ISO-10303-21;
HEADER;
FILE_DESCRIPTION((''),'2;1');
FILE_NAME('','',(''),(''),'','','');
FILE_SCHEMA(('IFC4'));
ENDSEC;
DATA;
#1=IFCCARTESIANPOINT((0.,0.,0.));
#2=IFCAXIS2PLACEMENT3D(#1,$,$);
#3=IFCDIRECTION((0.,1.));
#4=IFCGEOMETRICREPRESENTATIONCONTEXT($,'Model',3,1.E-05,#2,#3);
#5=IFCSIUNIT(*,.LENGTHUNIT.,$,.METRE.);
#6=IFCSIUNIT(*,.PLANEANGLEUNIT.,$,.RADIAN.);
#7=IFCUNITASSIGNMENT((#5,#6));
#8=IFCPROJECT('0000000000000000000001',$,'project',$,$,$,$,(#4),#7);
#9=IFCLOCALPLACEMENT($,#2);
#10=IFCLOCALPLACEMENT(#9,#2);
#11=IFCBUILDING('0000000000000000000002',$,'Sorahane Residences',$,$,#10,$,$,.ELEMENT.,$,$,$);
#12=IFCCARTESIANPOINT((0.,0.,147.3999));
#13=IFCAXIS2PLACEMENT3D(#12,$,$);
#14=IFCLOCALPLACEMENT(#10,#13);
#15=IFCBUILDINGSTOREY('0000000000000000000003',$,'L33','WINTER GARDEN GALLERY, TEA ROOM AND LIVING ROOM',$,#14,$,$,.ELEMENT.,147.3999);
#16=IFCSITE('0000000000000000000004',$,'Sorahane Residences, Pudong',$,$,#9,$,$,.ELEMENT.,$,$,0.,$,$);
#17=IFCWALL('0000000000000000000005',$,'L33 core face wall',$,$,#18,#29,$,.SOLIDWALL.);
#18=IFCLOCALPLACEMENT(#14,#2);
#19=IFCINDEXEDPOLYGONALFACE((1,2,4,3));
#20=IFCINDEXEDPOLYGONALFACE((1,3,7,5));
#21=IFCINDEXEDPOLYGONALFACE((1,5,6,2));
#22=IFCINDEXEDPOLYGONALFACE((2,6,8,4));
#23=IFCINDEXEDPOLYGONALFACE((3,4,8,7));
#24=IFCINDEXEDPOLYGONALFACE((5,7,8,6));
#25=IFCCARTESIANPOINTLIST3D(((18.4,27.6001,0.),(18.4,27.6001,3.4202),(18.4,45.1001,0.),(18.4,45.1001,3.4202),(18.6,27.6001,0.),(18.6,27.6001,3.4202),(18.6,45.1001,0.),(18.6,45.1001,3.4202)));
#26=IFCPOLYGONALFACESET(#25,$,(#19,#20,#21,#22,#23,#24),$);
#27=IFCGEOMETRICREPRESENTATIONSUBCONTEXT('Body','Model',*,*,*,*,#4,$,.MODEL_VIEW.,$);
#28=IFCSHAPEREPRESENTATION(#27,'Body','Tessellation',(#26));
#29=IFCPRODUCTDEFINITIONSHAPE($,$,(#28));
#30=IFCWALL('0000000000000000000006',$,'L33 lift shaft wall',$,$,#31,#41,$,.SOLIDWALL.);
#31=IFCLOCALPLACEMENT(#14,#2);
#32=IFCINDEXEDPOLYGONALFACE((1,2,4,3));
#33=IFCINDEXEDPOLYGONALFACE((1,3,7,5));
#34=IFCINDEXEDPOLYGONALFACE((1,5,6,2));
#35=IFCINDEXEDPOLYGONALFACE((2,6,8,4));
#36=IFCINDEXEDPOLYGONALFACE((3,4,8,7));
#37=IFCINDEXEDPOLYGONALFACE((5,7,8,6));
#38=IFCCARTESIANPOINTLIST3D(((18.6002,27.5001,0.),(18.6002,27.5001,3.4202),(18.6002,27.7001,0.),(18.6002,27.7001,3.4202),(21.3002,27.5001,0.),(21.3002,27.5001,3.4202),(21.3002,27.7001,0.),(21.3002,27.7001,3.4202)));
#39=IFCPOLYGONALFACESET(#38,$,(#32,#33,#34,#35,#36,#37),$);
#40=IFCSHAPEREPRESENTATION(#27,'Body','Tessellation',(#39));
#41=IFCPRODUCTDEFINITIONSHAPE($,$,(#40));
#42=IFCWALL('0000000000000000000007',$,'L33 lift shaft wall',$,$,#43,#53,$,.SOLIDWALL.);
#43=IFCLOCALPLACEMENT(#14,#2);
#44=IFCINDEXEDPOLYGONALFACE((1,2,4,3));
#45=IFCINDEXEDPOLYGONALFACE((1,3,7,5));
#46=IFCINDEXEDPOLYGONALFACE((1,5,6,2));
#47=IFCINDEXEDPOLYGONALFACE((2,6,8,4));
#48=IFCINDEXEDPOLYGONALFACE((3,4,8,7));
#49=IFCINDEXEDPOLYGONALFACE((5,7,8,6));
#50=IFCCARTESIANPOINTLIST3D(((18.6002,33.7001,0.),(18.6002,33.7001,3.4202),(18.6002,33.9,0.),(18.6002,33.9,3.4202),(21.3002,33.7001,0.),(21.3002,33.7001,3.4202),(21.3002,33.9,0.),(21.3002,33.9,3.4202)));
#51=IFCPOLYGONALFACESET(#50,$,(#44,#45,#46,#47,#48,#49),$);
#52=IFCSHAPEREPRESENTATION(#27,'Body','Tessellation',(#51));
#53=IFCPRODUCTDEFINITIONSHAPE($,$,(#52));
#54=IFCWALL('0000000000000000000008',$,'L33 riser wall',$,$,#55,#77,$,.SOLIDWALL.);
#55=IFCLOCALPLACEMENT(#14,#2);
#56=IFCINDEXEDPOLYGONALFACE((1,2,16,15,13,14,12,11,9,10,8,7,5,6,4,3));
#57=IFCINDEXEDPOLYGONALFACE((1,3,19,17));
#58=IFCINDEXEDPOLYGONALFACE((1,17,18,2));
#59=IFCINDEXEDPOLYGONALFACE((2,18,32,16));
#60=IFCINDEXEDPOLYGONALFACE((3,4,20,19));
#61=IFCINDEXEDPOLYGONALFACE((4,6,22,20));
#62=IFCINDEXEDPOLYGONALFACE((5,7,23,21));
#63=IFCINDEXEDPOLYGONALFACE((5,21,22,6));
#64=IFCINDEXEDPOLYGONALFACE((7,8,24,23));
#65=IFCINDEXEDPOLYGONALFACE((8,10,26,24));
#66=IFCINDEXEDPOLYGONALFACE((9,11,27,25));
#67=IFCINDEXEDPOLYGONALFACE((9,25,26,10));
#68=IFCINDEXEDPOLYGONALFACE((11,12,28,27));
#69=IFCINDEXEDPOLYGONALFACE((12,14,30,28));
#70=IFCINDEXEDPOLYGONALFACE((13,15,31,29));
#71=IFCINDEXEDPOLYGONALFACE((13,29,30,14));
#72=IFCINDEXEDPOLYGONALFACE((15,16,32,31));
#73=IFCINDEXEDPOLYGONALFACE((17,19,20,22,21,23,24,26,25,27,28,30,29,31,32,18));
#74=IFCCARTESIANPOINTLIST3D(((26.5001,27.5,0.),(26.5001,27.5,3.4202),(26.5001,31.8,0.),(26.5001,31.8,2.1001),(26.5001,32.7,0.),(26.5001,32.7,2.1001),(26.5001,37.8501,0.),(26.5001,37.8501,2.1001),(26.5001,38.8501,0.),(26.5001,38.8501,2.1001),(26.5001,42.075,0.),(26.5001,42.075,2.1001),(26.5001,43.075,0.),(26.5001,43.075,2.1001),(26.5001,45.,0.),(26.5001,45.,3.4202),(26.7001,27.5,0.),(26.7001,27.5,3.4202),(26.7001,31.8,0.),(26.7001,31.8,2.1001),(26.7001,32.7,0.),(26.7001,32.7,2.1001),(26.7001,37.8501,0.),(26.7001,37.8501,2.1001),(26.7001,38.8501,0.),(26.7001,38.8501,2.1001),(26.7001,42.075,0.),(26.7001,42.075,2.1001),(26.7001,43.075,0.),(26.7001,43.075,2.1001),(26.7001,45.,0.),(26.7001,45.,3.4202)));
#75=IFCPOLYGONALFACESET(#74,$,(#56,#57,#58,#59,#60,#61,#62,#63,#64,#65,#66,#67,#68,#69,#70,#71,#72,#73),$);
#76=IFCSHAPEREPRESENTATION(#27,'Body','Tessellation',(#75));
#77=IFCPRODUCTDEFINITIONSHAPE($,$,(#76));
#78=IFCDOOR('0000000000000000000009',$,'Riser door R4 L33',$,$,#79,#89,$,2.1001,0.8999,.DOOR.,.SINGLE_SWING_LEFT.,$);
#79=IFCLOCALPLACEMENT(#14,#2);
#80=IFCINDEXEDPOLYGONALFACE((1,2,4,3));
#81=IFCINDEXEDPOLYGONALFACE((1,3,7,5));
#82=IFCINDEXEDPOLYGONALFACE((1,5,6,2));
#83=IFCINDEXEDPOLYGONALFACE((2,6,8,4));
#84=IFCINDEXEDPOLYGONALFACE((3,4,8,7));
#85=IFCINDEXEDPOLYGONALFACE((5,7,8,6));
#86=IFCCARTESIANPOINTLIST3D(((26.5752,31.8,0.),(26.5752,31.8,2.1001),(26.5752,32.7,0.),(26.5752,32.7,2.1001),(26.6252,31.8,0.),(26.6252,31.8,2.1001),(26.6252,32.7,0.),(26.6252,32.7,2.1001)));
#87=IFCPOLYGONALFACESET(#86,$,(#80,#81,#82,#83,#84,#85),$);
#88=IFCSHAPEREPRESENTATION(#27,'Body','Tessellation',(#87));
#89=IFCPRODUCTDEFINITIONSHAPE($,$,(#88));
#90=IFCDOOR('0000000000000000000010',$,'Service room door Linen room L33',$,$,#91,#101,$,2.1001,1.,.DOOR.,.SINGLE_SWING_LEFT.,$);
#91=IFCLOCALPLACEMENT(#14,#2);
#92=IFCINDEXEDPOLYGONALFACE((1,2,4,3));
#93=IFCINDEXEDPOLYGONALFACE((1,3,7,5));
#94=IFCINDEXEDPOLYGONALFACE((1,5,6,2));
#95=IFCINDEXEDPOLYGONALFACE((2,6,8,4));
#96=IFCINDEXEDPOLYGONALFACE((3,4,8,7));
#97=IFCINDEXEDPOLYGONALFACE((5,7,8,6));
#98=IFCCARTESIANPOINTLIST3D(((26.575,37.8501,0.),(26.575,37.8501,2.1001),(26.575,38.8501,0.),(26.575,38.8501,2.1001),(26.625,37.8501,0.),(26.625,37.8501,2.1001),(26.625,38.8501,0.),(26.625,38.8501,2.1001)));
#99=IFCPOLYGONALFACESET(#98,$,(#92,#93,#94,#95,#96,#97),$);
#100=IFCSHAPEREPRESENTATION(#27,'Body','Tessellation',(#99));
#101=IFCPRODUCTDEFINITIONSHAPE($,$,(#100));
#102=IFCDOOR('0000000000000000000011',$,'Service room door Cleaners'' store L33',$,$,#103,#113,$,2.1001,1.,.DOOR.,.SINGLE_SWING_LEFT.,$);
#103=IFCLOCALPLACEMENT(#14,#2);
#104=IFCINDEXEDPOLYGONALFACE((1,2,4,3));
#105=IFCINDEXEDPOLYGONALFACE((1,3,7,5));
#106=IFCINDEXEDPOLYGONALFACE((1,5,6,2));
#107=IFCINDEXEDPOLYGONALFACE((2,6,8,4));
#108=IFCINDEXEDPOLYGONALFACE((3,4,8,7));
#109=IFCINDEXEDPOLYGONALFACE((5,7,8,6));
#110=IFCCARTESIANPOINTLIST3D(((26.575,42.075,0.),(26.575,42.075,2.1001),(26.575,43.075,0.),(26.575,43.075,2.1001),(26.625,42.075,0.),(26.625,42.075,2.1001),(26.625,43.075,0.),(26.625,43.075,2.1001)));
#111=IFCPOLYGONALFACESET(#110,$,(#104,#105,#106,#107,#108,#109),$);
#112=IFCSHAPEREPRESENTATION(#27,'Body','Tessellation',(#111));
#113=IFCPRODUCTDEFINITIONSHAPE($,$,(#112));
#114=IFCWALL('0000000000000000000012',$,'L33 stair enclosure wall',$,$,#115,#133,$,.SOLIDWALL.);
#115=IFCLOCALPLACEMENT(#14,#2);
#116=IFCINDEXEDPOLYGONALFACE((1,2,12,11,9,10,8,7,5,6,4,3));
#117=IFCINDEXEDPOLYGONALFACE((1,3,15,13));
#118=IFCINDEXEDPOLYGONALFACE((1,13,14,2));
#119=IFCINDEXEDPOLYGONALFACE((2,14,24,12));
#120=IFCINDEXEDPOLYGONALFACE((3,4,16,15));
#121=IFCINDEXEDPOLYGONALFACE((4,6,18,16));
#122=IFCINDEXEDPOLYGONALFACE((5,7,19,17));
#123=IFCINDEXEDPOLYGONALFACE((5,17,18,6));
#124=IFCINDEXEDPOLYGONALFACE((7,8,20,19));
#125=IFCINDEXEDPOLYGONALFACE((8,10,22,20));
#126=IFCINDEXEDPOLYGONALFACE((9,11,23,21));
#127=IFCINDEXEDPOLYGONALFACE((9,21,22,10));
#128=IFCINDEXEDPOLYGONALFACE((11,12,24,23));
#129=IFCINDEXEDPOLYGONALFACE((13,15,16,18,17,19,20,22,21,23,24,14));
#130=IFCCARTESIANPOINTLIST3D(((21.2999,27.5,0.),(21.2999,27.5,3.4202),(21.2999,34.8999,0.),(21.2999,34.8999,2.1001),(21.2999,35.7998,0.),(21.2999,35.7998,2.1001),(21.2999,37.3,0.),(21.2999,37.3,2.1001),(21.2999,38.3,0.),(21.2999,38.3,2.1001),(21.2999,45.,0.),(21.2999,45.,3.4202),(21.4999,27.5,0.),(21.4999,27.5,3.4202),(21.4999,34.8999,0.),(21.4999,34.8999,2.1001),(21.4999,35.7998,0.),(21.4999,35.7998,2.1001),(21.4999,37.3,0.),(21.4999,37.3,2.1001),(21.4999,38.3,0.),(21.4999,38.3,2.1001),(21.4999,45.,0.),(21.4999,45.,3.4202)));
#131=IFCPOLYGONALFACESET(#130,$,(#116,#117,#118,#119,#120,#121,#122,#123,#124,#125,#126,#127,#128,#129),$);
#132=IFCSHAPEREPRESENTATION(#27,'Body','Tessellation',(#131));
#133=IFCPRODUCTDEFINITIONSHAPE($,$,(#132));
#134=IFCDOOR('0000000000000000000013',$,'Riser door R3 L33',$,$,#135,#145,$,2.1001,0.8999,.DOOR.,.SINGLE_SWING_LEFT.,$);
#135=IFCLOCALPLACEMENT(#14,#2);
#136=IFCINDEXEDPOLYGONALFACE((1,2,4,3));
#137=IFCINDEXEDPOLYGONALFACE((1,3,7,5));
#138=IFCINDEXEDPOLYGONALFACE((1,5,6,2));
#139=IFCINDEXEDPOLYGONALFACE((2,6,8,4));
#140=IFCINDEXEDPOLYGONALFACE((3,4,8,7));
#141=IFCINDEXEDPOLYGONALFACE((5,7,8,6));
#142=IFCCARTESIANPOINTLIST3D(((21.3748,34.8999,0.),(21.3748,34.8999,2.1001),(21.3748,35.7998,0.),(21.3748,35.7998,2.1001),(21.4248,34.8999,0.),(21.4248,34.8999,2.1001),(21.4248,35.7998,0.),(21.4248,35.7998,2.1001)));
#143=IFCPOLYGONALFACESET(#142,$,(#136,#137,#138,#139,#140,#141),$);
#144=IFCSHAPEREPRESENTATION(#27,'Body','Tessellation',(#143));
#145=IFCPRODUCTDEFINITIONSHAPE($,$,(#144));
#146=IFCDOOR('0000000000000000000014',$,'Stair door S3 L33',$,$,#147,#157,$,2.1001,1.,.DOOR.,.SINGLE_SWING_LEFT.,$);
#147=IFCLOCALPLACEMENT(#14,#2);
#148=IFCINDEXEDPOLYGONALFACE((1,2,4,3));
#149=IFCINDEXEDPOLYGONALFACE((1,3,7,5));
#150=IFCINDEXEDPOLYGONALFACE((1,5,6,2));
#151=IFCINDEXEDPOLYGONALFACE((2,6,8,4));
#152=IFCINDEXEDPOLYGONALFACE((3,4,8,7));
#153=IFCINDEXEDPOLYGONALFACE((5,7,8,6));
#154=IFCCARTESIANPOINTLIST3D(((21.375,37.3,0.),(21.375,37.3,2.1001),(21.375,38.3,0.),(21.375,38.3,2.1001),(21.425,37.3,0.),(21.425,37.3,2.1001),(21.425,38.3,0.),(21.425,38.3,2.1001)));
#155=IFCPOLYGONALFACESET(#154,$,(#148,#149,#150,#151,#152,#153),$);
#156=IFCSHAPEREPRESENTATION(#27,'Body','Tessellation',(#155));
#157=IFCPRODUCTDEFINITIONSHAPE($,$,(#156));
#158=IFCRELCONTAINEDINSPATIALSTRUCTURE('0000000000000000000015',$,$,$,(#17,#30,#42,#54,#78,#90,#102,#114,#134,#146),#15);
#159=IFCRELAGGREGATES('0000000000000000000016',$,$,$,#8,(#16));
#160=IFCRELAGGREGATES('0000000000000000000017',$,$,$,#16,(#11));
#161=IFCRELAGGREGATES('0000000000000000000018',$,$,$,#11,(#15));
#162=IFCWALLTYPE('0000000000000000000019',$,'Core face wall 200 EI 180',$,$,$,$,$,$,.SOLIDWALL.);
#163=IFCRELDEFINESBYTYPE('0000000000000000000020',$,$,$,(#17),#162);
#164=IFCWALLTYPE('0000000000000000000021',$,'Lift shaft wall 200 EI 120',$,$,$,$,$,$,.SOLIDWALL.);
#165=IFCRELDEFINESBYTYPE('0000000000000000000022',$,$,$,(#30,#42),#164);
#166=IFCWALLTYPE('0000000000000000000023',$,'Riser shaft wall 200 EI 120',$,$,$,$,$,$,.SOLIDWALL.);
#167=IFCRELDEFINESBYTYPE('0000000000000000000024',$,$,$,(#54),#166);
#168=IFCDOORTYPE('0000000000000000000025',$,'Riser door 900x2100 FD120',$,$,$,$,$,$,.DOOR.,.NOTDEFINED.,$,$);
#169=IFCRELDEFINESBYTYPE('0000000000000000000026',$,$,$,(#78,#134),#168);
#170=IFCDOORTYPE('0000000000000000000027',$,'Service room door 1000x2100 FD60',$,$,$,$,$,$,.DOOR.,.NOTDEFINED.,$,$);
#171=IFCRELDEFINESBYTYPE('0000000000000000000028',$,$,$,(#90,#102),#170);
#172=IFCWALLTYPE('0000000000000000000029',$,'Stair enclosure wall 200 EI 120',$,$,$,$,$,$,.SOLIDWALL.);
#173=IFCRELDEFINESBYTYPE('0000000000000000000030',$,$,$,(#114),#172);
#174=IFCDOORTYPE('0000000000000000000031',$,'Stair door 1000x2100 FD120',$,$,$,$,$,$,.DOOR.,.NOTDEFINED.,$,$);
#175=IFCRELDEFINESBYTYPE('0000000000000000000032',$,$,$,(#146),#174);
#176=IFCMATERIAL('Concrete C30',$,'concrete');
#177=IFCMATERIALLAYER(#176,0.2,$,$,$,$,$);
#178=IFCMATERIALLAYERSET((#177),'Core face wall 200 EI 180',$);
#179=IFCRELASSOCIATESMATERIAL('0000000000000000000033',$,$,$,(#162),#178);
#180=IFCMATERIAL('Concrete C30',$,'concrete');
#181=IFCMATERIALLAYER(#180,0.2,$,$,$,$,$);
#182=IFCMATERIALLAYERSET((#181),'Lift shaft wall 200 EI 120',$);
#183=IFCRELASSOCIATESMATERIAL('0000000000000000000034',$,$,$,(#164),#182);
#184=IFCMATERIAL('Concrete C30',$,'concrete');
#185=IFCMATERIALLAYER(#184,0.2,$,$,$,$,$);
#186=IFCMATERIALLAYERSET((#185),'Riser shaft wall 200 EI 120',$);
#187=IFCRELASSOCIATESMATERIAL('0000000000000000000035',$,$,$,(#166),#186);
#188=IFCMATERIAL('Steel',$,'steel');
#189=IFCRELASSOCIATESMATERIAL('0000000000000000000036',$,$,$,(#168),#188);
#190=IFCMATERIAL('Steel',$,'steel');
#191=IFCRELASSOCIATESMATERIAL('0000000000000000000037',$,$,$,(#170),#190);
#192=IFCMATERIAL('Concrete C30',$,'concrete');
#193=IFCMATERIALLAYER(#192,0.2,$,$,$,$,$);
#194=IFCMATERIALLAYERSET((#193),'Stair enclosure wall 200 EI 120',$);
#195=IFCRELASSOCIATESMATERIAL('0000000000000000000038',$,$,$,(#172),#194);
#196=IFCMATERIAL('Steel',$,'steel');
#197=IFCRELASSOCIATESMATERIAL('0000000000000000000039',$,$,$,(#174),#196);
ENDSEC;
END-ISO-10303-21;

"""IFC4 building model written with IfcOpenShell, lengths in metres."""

from ifc_helpers import new_model, si_unit, direction, frame, frame_2d, origin, place, context, subcontext, project, spatial, rectangle, extrude, material, layer, layer_set, type_object, element, fill, save


model = new_model("IFC4")

# Units and contexts
model_context = context("Model", 3, precision=1e-05, world=origin(), true_north=direction((0.0, 1.0)))
body_context = subcontext(model_context, "Body", "Model", "MODEL_VIEW")
ifc_project = project(units=[si_unit("LENGTHUNIT", "METRE"), si_unit("PLANEANGLEUNIT", "RADIAN")], contexts=[model_context])

# Site, building, storey
site_placement = place(None, origin())
site = spatial("IfcSite", under=ifc_project, at=site_placement, Name="Sorahane Residences, Pudong", CompositionType="ELEMENT", RefElevation=0.0)
building_placement = place(site_placement, origin())
building = spatial("IfcBuilding", under=site, at=building_placement, Name="Sorahane Residences", CompositionType="ELEMENT")
storey_placement = place(building_placement, frame((0.0, 0.0, 147.3999)))
storey = spatial("IfcBuildingStorey", under=building, at=storey_placement, Name="L33", Description="WINTER GARDEN GALLERY, TEA ROOM AND LIVING ROOM", CompositionType="ELEMENT", Elevation=147.3999)

# Walls
ifc_material_1 = material(Name="Concrete C30", Category="concrete")
ifc_layer_1 = layer(ifc_material_1, 0.2)
ifc_layer_set_1 = layer_set([ifc_layer_1], Name="Core face wall 200 EI 180")
wall_type_1 = type_object("IfcWallType", Name="Core face wall 200 EI 180", PredefinedType="SOLIDWALL", material=ifc_layer_set_1)
wall_1_placement = place(storey_placement, frame((18.5, 27.6001, 0.0), z_axis=(0.0, 0.0, 1.0), x_axis=(0.0, 1.0, 0.0)))
element("IfcWall", 1, at=wall_1_placement, inside=storey, type_object=wall_type_1, Name="L33 core face wall", PredefinedType="SOLIDWALL", context=body_context, shape_type="SweptSolid", body=[
    extrude(rectangle(XDim=17.5, YDim=0.2, at=frame_2d((8.75, 0.0))), origin(), (0.0, 0.0, 1.0), 3.4202),
])
ifc_material_2 = material(Name="Concrete C30", Category="concrete")
ifc_layer_2 = layer(ifc_material_2, 0.2)
ifc_layer_set_2 = layer_set([ifc_layer_2], Name="Lift shaft wall 200 EI 120")
wall_type_2 = type_object("IfcWallType", Name="Lift shaft wall 200 EI 120", PredefinedType="SOLIDWALL", material=ifc_layer_set_2)
for number, where, z_axis, x_axis, name in (
    (2, (18.6001, 27.6001, 0.0), (0.0, 0.0, 1.0), (1.0, 0.0, 0.0), "L33 lift shaft wall"),
    (3, (18.6001, 33.8, 0.0), (0.0, 0.0, 1.0), (1.0, 0.0, 0.0), "L33 lift shaft wall"),
):
    element("IfcWall", number, at=place(storey_placement, frame(where, z_axis=z_axis, x_axis=x_axis)), inside=storey, type_object=wall_type_2, Name=name, PredefinedType="SOLIDWALL", context=body_context, shape_type="SweptSolid", body=[
        extrude(rectangle(XDim=2.7, YDim=0.2, at=frame_2d((1.3501, 0.0))), origin(), (0.0, 0.0, 1.0), 3.4202),
    ])

# Walls, openings, doors
ifc_material_3 = material(Name="Concrete C30", Category="concrete")
ifc_layer_3 = layer(ifc_material_3, 0.2)
ifc_layer_set_3 = layer_set([ifc_layer_3], Name="Riser shaft wall 200 EI 120")
wall_type_3 = type_object("IfcWallType", Name="Riser shaft wall 200 EI 120", PredefinedType="SOLIDWALL", material=ifc_layer_set_3)
wall_2_placement = place(storey_placement, frame((26.6001, 27.5, 0.0), z_axis=(0.0, 0.0, 1.0), x_axis=(0.0, 1.0, 0.0)))
wall_2 = element("IfcWall", 4, at=wall_2_placement, inside=storey, type_object=wall_type_3, Name="L33 riser wall", PredefinedType="SOLIDWALL", context=body_context, shape_type="SweptSolid", body=[
    extrude(rectangle(XDim=17.5, YDim=0.2, at=frame_2d((8.75, 0.0))), origin(), (0.0, 0.0, 1.0), 3.4202),
])
opening_1_placement = place(wall_2_placement, frame((4.3, 0.0, 0.0)))
opening_1 = element("IfcOpeningElement", 5, at=opening_1_placement, cuts=wall_2, PredefinedType="OPENING", context=body_context, shape_type="SweptSolid", body=[
    extrude(rectangle(XDim=0.8999, YDim=2.1001, at=frame_2d((0.45, 1.05))), frame((0.0, 0.1099, 0.0), z_axis=(0.0, -1.0, 0.0), x_axis=(1.0, 0.0, 0.0)), (0.0, 0.0, 1.0), 0.22),
])
opening_2_placement = place(wall_2_placement, frame((10.3501, 0.0, 0.0)))
opening_2 = element("IfcOpeningElement", 6, at=opening_2_placement, cuts=wall_2, PredefinedType="OPENING", context=body_context, shape_type="SweptSolid", body=[
    extrude(rectangle(XDim=1.0, YDim=2.1001, at=frame_2d((0.5, 1.05))), frame((0.0, 0.1099, 0.0), z_axis=(0.0, -1.0, 0.0), x_axis=(1.0, 0.0, 0.0)), (0.0, 0.0, 1.0), 0.22),
])
opening_3_placement = place(wall_2_placement, frame((14.575, 0.0, 0.0)))
opening_3 = element("IfcOpeningElement", 7, at=opening_3_placement, cuts=wall_2, PredefinedType="OPENING", context=body_context, shape_type="SweptSolid", body=[
    extrude(rectangle(XDim=1.0, YDim=2.1001, at=frame_2d((0.5, 1.05))), frame((0.0, 0.1099, 0.0), z_axis=(0.0, -1.0, 0.0), x_axis=(1.0, 0.0, 0.0)), (0.0, 0.0, 1.0), 0.22),
])
ifc_material_4 = material(Name="Steel", Category="steel")
door_type_1 = type_object("IfcDoorType", Name="Riser door 900x2100 FD120", OperationType="NOTDEFINED", PredefinedType="DOOR", material=ifc_material_4)
door_1_placement = place(opening_1_placement, origin())
door_1 = element("IfcDoor", 8, at=door_1_placement, inside=storey, type_object=door_type_1, Name="Riser door R4 L33", OperationType="SINGLE_SWING_LEFT", OverallHeight=2.1001, OverallWidth=0.8999, PredefinedType="DOOR", context=body_context, shape_type="SweptSolid", body=[
    extrude(rectangle(XDim=0.8999, YDim=2.1001, at=frame_2d((0.45, 1.05))), frame((0.0, 0.0249, 0.0), z_axis=(0.0, -1.0, 0.0), x_axis=(1.0, 0.0, 0.0)), (0.0, 0.0, 1.0), 0.05),
])
fill(opening_1, door_1)
ifc_material_5 = material(Name="Steel", Category="steel")
door_type_2 = type_object("IfcDoorType", Name="Service room door 1000x2100 FD60", OperationType="NOTDEFINED", PredefinedType="DOOR", material=ifc_material_5)
door_2_placement = place(opening_2_placement, frame((1.0, 0.0, 0.0), z_axis=(0.0, 0.0, 1.0), x_axis=(-1.0, 0.0, 0.0)))
door_2 = element("IfcDoor", 9, at=door_2_placement, inside=storey, type_object=door_type_2, Name="Service room door Linen room L33", OperationType="SINGLE_SWING_LEFT", OverallHeight=2.1001, OverallWidth=1.0, PredefinedType="DOOR", context=body_context, shape_type="SweptSolid", body=[
    extrude(rectangle(XDim=1.0, YDim=2.1001, at=frame_2d((0.5, 1.05))), frame((0.0, 0.0249, 0.0), z_axis=(0.0, -1.0, 0.0), x_axis=(1.0, 0.0, 0.0)), (0.0, 0.0, 1.0), 0.05),
])
fill(opening_2, door_2)
door_3_placement = place(opening_3_placement, frame((1.0, 0.0, 0.0), z_axis=(0.0, 0.0, 1.0), x_axis=(-1.0, 0.0, 0.0)))
door_3 = element("IfcDoor", 10, at=door_3_placement, inside=storey, type_object=door_type_2, Name="Service room door Cleaners' store L33", OperationType="SINGLE_SWING_LEFT", OverallHeight=2.1001, OverallWidth=1.0, PredefinedType="DOOR", context=body_context, shape_type="SweptSolid", body=[
    extrude(rectangle(XDim=1.0, YDim=2.1001, at=frame_2d((0.5, 1.05))), frame((0.0, 0.0249, 0.0), z_axis=(0.0, -1.0, 0.0), x_axis=(1.0, 0.0, 0.0)), (0.0, 0.0, 1.0), 0.05),
])
fill(opening_3, door_3)
ifc_material_6 = material(Name="Concrete C30", Category="concrete")
ifc_layer_4 = layer(ifc_material_6, 0.2)
ifc_layer_set_4 = layer_set([ifc_layer_4], Name="Stair enclosure wall 200 EI 120")
wall_type_4 = type_object("IfcWallType", Name="Stair enclosure wall 200 EI 120", PredefinedType="SOLIDWALL", material=ifc_layer_set_4)
wall_3_placement = place(storey_placement, frame((21.3999, 27.5, 0.0), z_axis=(0.0, 0.0, 1.0), x_axis=(0.0, 1.0, 0.0)))
wall_3 = element("IfcWall", 11, at=wall_3_placement, inside=storey, type_object=wall_type_4, Name="L33 stair enclosure wall", PredefinedType="SOLIDWALL", context=body_context, shape_type="SweptSolid", body=[
    extrude(rectangle(XDim=17.5, YDim=0.2, at=frame_2d((8.75, 0.0))), origin(), (0.0, 0.0, 1.0), 3.4202),
])
opening_4_placement = place(wall_3_placement, frame((9.8, 0.0, 0.0)))
opening_4 = element("IfcOpeningElement", 12, at=opening_4_placement, cuts=wall_3, PredefinedType="OPENING", context=body_context, shape_type="SweptSolid", body=[
    extrude(rectangle(XDim=1.0, YDim=2.1001, at=frame_2d((0.5, 1.05))), frame((0.0, 0.1099, 0.0), z_axis=(0.0, -1.0, 0.0), x_axis=(1.0, 0.0, 0.0)), (0.0, 0.0, 1.0), 0.22),
])
opening_5_placement = place(wall_3_placement, frame((7.3999, 0.0, 0.0)))
opening_5 = element("IfcOpeningElement", 13, at=opening_5_placement, cuts=wall_3, PredefinedType="OPENING", context=body_context, shape_type="SweptSolid", body=[
    extrude(rectangle(XDim=0.8999, YDim=2.1001, at=frame_2d((0.45, 1.05))), frame((0.0, 0.1099, 0.0), z_axis=(0.0, -1.0, 0.0), x_axis=(1.0, 0.0, 0.0)), (0.0, 0.0, 1.0), 0.22),
])
door_4_placement = place(opening_5_placement, frame((0.8999, 0.0, 0.0), z_axis=(0.0, 0.0, 1.0), x_axis=(-1.0, 0.0, 0.0)))
door_4 = element("IfcDoor", 14, at=door_4_placement, inside=storey, type_object=door_type_1, Name="Riser door R3 L33", OperationType="SINGLE_SWING_LEFT", OverallHeight=2.1001, OverallWidth=0.8999, PredefinedType="DOOR", context=body_context, shape_type="SweptSolid", body=[
    extrude(rectangle(XDim=0.8999, YDim=2.1001, at=frame_2d((0.45, 1.05))), frame((0.0, 0.0249, 0.0), z_axis=(0.0, -1.0, 0.0), x_axis=(1.0, 0.0, 0.0)), (0.0, 0.0, 1.0), 0.05),
])
fill(opening_5, door_4)
ifc_material_7 = material(Name="Steel", Category="steel")
door_type_3 = type_object("IfcDoorType", Name="Stair door 1000x2100 FD120", OperationType="NOTDEFINED", PredefinedType="DOOR", material=ifc_material_7)
door_5_placement = place(opening_4_placement, origin())
door_5 = element("IfcDoor", 15, at=door_5_placement, inside=storey, type_object=door_type_3, Name="Stair door S3 L33", OperationType="SINGLE_SWING_LEFT", OverallHeight=2.1001, OverallWidth=1.0, PredefinedType="DOOR", context=body_context, shape_type="SweptSolid", body=[
    extrude(rectangle(XDim=1.0, YDim=2.1001, at=frame_2d((0.5, 1.05))), frame((0.0, 0.0249, 0.0), z_axis=(0.0, -1.0, 0.0), x_axis=(1.0, 0.0, 0.0)), (0.0, 0.0, 1.0), 0.05),
])
fill(opening_4, door_5)

save(model, "model.ifc")
